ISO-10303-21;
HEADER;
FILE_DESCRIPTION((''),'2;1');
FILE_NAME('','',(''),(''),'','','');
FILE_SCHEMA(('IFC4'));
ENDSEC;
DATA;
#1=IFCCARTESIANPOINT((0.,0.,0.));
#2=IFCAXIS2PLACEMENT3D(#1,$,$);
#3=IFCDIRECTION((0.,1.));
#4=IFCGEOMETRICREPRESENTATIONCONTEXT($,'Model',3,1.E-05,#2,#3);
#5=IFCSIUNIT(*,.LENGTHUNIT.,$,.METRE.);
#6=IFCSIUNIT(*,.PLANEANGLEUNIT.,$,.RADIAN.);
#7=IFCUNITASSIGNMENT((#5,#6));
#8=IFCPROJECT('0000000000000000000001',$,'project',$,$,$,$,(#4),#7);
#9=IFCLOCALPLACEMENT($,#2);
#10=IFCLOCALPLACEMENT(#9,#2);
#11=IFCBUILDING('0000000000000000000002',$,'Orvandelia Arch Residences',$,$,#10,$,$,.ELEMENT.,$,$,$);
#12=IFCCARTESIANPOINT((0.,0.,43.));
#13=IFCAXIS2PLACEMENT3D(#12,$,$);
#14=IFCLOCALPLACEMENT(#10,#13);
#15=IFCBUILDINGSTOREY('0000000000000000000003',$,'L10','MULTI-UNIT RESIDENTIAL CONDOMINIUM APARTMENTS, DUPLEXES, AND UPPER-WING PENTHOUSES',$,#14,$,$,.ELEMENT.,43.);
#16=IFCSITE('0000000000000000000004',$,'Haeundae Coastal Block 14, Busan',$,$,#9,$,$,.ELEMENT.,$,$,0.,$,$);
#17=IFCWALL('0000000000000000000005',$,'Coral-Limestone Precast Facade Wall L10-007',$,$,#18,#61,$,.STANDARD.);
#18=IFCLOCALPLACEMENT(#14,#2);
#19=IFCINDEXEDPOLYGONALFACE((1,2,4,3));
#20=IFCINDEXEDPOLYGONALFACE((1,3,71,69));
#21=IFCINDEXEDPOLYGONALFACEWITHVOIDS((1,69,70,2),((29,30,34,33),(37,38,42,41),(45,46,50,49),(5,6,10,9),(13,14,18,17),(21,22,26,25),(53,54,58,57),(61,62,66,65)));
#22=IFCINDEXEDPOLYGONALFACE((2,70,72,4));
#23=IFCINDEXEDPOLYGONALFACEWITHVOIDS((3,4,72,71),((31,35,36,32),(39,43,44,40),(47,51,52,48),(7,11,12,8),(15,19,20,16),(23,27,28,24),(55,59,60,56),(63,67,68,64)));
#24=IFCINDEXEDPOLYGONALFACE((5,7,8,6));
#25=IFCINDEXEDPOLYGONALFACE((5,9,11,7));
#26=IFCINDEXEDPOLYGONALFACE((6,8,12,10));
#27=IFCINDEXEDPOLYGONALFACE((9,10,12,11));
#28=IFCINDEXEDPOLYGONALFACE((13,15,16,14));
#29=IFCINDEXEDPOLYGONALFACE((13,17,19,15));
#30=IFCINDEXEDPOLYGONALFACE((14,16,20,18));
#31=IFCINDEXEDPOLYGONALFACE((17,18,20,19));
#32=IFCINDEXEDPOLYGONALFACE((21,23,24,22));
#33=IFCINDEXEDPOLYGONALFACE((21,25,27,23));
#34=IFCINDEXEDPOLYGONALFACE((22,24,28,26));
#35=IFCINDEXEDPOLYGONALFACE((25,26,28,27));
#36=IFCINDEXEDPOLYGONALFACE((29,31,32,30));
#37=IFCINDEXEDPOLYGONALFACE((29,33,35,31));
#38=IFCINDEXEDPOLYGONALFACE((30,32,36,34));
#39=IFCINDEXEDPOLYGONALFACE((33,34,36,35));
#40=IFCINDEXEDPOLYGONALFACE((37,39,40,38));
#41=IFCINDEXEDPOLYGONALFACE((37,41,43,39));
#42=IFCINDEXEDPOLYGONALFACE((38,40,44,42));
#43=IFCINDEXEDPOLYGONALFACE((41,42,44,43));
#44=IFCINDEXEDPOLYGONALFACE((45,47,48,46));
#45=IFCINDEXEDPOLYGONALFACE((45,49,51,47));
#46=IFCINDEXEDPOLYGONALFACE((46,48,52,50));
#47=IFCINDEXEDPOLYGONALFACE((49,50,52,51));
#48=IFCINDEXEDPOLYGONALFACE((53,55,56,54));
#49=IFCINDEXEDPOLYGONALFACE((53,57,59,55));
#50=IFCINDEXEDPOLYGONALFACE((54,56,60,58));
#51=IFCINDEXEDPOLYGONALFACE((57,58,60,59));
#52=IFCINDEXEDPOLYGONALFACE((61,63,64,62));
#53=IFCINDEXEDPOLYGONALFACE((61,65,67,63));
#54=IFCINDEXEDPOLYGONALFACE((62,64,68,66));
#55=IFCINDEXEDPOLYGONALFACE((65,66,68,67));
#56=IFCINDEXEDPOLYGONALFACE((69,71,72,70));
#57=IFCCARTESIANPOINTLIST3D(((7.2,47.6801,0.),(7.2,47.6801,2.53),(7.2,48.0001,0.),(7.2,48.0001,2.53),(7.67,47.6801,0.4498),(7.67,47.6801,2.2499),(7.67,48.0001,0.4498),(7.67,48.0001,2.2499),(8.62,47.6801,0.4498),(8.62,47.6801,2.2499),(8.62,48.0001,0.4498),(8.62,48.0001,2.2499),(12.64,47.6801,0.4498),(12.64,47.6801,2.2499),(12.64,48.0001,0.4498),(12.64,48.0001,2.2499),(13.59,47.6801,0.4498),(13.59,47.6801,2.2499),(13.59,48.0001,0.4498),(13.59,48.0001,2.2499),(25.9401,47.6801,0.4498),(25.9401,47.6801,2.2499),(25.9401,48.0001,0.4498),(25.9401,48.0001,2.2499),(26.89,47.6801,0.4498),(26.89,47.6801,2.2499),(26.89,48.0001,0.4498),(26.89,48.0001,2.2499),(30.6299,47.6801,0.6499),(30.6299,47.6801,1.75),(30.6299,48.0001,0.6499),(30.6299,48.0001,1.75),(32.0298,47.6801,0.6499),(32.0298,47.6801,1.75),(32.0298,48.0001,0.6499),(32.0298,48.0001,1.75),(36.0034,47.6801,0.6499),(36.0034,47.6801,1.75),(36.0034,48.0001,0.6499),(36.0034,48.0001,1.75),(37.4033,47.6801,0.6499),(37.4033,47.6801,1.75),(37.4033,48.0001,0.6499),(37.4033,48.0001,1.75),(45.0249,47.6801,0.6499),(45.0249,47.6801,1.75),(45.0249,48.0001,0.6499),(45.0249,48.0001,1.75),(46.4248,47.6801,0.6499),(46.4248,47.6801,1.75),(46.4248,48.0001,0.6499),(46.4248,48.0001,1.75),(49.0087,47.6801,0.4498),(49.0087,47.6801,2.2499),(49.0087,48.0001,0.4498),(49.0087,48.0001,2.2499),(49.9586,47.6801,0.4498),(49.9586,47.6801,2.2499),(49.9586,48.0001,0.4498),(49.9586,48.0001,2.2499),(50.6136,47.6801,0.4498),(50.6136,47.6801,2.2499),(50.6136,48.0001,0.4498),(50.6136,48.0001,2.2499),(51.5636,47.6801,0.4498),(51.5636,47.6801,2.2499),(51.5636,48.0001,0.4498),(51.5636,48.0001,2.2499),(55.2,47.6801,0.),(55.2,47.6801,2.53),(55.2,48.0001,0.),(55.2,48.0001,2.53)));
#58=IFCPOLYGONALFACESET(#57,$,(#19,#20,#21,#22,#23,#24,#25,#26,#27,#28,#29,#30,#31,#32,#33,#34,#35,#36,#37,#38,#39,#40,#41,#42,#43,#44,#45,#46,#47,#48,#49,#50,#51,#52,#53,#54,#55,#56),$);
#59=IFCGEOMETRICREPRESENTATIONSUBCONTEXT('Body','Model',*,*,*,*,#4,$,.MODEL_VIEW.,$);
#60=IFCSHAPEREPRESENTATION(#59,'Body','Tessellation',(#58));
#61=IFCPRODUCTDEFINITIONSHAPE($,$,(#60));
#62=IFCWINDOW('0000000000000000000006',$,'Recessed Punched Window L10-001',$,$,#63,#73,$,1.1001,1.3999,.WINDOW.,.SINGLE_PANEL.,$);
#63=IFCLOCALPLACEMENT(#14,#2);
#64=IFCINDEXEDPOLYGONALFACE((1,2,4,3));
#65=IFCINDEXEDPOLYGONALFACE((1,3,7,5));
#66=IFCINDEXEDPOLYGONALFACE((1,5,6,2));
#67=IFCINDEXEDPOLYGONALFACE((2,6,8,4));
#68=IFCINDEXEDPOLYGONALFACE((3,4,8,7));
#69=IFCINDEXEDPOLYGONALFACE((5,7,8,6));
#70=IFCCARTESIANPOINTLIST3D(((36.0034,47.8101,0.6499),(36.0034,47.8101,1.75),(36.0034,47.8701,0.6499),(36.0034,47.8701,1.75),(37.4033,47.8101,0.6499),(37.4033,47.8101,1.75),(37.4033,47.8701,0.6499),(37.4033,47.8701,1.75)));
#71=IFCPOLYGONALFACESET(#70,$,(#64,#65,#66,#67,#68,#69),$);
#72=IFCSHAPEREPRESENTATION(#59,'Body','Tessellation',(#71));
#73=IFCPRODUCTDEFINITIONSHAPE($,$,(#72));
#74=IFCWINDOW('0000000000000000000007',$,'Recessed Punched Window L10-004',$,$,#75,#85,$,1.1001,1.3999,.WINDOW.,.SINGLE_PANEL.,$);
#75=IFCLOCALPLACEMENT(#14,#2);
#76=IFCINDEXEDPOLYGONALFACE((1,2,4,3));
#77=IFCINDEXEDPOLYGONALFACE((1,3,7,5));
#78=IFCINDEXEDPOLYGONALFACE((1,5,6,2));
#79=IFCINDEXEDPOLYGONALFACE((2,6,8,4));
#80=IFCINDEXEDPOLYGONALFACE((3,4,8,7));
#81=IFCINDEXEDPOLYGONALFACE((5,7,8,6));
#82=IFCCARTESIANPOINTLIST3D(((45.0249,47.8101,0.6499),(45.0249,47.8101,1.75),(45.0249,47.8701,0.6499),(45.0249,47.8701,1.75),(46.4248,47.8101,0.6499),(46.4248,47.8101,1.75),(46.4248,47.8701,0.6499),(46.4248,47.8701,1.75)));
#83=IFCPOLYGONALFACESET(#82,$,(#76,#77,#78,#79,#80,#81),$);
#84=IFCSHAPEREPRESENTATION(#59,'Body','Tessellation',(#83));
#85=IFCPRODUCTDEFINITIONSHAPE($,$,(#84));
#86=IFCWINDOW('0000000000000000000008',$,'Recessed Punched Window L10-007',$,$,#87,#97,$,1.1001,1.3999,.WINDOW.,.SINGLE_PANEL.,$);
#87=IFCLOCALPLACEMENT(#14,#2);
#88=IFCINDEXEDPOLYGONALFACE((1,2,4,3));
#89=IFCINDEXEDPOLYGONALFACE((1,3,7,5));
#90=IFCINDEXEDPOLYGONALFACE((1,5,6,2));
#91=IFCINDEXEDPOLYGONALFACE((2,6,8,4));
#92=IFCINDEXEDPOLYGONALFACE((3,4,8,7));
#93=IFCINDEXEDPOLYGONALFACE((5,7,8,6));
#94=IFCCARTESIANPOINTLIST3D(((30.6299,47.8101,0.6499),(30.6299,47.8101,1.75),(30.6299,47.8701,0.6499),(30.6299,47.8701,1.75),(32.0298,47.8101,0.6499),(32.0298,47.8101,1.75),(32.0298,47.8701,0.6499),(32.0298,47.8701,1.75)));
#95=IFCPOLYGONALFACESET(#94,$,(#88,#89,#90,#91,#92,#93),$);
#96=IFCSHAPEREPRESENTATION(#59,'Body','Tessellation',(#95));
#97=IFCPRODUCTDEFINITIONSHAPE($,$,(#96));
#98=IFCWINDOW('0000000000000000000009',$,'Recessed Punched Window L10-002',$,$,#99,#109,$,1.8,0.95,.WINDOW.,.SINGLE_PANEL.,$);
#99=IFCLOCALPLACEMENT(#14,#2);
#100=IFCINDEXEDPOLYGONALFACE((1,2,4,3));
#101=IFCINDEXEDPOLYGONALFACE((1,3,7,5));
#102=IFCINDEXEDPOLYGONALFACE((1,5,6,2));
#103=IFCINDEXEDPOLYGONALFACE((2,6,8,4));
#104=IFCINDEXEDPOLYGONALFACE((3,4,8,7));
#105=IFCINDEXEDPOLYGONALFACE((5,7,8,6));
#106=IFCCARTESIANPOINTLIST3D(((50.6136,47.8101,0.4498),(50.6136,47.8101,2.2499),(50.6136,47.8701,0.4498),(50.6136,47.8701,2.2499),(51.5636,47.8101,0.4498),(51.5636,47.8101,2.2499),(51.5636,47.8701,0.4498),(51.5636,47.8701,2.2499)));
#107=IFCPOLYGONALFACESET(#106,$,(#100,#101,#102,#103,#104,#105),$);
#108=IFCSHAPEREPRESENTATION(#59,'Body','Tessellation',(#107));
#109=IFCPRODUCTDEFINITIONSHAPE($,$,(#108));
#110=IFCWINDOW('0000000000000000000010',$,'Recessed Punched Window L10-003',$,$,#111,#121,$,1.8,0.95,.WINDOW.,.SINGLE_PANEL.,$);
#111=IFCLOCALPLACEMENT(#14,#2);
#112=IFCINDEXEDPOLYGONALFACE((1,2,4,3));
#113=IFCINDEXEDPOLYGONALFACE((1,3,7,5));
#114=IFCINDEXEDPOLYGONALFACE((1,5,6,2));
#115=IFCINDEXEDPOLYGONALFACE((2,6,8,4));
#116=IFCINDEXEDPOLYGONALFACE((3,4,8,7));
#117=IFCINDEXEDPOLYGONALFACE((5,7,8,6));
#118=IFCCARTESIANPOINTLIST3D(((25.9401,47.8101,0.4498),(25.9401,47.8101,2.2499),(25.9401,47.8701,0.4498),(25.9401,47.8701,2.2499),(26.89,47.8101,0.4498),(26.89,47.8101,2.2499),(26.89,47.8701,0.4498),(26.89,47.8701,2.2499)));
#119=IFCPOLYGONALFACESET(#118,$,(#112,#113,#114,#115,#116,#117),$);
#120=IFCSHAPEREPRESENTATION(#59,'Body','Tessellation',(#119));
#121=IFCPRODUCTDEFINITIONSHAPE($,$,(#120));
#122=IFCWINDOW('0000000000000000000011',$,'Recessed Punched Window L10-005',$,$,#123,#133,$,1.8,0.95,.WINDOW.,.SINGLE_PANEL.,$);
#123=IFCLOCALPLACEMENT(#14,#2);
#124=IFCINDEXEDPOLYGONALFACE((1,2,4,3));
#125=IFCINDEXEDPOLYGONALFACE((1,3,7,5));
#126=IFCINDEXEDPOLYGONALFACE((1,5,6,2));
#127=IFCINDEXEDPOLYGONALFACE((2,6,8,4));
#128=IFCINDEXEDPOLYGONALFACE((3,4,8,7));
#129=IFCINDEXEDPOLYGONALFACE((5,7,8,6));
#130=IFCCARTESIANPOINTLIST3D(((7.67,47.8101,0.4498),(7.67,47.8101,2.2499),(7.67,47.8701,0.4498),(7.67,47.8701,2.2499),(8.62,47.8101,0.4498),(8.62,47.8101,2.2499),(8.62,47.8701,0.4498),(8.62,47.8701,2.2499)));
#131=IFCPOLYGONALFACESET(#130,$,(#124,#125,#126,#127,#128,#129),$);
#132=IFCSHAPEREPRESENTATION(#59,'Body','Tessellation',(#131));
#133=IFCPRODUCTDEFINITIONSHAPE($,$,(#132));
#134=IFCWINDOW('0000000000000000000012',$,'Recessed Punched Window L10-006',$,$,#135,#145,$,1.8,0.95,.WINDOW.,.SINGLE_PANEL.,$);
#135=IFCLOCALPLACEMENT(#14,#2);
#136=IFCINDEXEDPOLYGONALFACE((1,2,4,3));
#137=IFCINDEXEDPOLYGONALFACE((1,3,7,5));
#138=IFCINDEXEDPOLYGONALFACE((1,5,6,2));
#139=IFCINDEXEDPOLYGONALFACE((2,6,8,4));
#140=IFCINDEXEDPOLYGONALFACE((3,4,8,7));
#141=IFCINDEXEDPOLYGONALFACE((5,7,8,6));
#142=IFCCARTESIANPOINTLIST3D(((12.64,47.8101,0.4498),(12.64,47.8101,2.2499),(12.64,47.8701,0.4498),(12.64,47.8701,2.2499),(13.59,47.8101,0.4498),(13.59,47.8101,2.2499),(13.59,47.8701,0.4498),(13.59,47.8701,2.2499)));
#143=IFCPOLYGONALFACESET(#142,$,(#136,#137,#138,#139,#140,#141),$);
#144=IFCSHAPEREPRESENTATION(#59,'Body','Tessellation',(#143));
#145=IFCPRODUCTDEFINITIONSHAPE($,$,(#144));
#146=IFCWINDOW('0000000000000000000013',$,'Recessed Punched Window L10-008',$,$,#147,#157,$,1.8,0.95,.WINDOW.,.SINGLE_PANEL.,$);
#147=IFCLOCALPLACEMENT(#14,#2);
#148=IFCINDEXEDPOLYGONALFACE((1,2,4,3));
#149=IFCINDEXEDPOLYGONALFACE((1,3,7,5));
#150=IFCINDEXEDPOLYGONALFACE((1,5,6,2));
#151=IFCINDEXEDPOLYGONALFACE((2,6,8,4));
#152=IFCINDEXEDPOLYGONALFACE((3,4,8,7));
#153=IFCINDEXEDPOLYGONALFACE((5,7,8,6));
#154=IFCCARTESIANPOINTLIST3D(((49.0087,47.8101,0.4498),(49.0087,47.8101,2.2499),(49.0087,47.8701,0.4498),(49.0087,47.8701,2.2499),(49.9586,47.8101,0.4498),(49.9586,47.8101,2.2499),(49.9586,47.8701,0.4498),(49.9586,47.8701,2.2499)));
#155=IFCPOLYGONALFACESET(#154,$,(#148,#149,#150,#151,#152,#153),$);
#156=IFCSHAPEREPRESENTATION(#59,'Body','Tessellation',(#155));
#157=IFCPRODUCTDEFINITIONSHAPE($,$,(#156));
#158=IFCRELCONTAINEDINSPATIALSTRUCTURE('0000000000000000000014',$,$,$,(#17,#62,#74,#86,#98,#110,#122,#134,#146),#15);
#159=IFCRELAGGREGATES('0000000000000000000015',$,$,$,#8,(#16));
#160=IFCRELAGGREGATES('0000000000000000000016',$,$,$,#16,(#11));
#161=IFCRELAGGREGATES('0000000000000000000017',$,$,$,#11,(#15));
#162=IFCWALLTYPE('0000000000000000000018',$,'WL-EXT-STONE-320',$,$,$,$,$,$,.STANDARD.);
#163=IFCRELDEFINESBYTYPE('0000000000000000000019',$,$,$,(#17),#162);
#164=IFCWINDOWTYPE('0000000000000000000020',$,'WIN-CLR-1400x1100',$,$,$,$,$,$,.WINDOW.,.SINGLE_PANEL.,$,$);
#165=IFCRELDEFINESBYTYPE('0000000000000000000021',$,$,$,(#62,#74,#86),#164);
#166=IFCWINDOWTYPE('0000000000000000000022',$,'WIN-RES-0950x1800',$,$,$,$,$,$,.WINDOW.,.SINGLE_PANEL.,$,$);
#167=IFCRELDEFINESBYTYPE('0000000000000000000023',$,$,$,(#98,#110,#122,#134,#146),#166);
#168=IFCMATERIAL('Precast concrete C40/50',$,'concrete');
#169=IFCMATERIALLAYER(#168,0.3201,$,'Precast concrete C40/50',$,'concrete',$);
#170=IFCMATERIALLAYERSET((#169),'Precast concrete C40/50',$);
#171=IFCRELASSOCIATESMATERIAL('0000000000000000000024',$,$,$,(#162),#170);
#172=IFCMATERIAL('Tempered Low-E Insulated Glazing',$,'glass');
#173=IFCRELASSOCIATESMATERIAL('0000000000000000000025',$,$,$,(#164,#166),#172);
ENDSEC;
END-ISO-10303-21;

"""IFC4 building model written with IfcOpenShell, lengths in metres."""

from ifc_helpers import new_model, si_unit, direction, frame, frame_2d, origin, place, context, subcontext, project, spatial, rectangle, extrude, material, layer, layer_set, type_object, element, fill, save


model = new_model("IFC4")

# Units and contexts
model_context = context("Model", 3, precision=1e-05, world=origin(), true_north=direction((0.0, 1.0)))
body_context = subcontext(model_context, "Body", "Model", "MODEL_VIEW")
ifc_project = project(units=[si_unit("LENGTHUNIT", "METRE"), si_unit("PLANEANGLEUNIT", "RADIAN")], contexts=[model_context])

# Site, building, storey
site_placement = place(None, origin())
site = spatial("IfcSite", under=ifc_project, at=site_placement, Name="Haeundae Coastal Block 14, Busan", CompositionType="ELEMENT", RefElevation=0.0)
building_placement = place(site_placement, origin())
building = spatial("IfcBuilding", under=site, at=building_placement, Name="Orvandelia Arch Residences", CompositionType="ELEMENT")
storey_placement = place(building_placement, frame((0.0, 0.0, 43.0)))
storey = spatial("IfcBuildingStorey", under=building, at=storey_placement, Name="L10", Description="MULTI-UNIT RESIDENTIAL CONDOMINIUM APARTMENTS, DUPLEXES, AND UPPER-WING PENTHOUSES", CompositionType="ELEMENT", Elevation=43.0)

# Shared definitions
ifc_material_1 = material(Name="Precast concrete C40/50", Category="concrete")
ifc_layer_1 = layer(ifc_material_1, 0.3201, Name="Precast concrete C40/50", Category="concrete")
ifc_layer_set_1 = layer_set([ifc_layer_1], Name="Precast concrete C40/50")
wall_type_1 = type_object("IfcWallType", Name="WL-EXT-STONE-320", PredefinedType="STANDARD", material=ifc_layer_set_1)

# Wall, openings, windows
wall_1_placement = place(storey_placement, frame((7.2, 47.8401, 0.0), z_axis=(0.0, 0.0, 1.0), x_axis=(1.0, 0.0, 0.0)))
wall_1 = element("IfcWall", 1, at=wall_1_placement, inside=storey, type_object=wall_type_1, Name="Coral-Limestone Precast Facade Wall L10-007", PredefinedType="STANDARD", context=body_context, shape_type="SweptSolid", body=[
    extrude(rectangle(XDim=48.0, YDim=0.3201, at=frame_2d((24.0, 0.0))), origin(), (0.0, 0.0, 1.0), 2.53),
])
opening_1_placement = place(wall_1_placement, frame((28.8035, 0.0, 0.6499)))
opening_1 = element("IfcOpeningElement", 2, at=opening_1_placement, cuts=wall_1, PredefinedType="OPENING", context=body_context, shape_type="SweptSolid", body=[
    extrude(rectangle(XDim=1.3999, YDim=1.1001, at=frame_2d((0.7, 0.55))), frame((0.0, 0.1699, 0.0), z_axis=(0.0, -1.0, 0.0), x_axis=(1.0, 0.0, 0.0)), (0.0, 0.0, 1.0), 0.3401),
])
opening_2_placement = place(wall_1_placement, frame((43.4136, 0.0, 0.45)))
opening_2 = element("IfcOpeningElement", 3, at=opening_2_placement, cuts=wall_1, PredefinedType="OPENING", context=body_context, shape_type="SweptSolid", body=[
    extrude(rectangle(XDim=0.95, YDim=1.8, at=frame_2d((0.4751, 0.8999))), frame((0.0, 0.1699, 0.0), z_axis=(0.0, -1.0, 0.0), x_axis=(1.0, 0.0, 0.0)), (0.0, 0.0, 1.0), 0.3401),
])
opening_3_placement = place(wall_1_placement, frame((18.74, 0.0, 0.45)))
opening_3 = element("IfcOpeningElement", 4, at=opening_3_placement, cuts=wall_1, PredefinedType="OPENING", context=body_context, shape_type="SweptSolid", body=[
    extrude(rectangle(XDim=0.95, YDim=1.8, at=frame_2d((0.4751, 0.8999))), frame((0.0, 0.1699, 0.0), z_axis=(0.0, -1.0, 0.0), x_axis=(1.0, 0.0, 0.0)), (0.0, 0.0, 1.0), 0.3401),
])
opening_4_placement = place(wall_1_placement, frame((37.825, 0.0, 0.6499)))
opening_4 = element("IfcOpeningElement", 5, at=opening_4_placement, cuts=wall_1, PredefinedType="OPENING", context=body_context, shape_type="SweptSolid", body=[
    extrude(rectangle(XDim=1.3999, YDim=1.1001, at=frame_2d((0.7, 0.55))), frame((0.0, 0.1699, 0.0), z_axis=(0.0, -1.0, 0.0), x_axis=(1.0, 0.0, 0.0)), (0.0, 0.0, 1.0), 0.3401),
])
opening_5_placement = place(wall_1_placement, frame((0.47, 0.0, 0.45)))
opening_5 = element("IfcOpeningElement", 6, at=opening_5_placement, cuts=wall_1, PredefinedType="OPENING", context=body_context, shape_type="SweptSolid", body=[
    extrude(rectangle(XDim=0.95, YDim=1.8, at=frame_2d((0.4751, 0.8999))), frame((0.0, 0.1699, 0.0), z_axis=(0.0, -1.0, 0.0), x_axis=(1.0, 0.0, 0.0)), (0.0, 0.0, 1.0), 0.3401),
])
opening_6_placement = place(wall_1_placement, frame((5.4399, 0.0, 0.45)))
opening_6 = element("IfcOpeningElement", 7, at=opening_6_placement, cuts=wall_1, PredefinedType="OPENING", context=body_context, shape_type="SweptSolid", body=[
    extrude(rectangle(XDim=0.95, YDim=1.8, at=frame_2d((0.4751, 0.8999))), frame((0.0, 0.1699, 0.0), z_axis=(0.0, -1.0, 0.0), x_axis=(1.0, 0.0, 0.0)), (0.0, 0.0, 1.0), 0.3401),
])
opening_7_placement = place(wall_1_placement, frame((23.4299, 0.0, 0.6499)))
opening_7 = element("IfcOpeningElement", 8, at=opening_7_placement, cuts=wall_1, PredefinedType="OPENING", context=body_context, shape_type="SweptSolid", body=[
    extrude(rectangle(XDim=1.3999, YDim=1.1001, at=frame_2d((0.7, 0.55))), frame((0.0, 0.1699, 0.0), z_axis=(0.0, -1.0, 0.0), x_axis=(1.0, 0.0, 0.0)), (0.0, 0.0, 1.0), 0.3401),
])
opening_8_placement = place(wall_1_placement, frame((41.8086, 0.0, 0.45)))
opening_8 = element("IfcOpeningElement", 9, at=opening_8_placement, cuts=wall_1, PredefinedType="OPENING", context=body_context, shape_type="SweptSolid", body=[
    extrude(rectangle(XDim=0.95, YDim=1.8, at=frame_2d((0.4751, 0.8999))), frame((0.0, 0.1699, 0.0), z_axis=(0.0, -1.0, 0.0), x_axis=(1.0, 0.0, 0.0)), (0.0, 0.0, 1.0), 0.3401),
])
ifc_material_2 = material(Name="Tempered Low-E Insulated Glazing", Category="glass")
window_type_1 = type_object("IfcWindowType", Name="WIN-CLR-1400x1100", PartitioningType="SINGLE_PANEL", PredefinedType="WINDOW", material=ifc_material_2)
window_1_placement = place(opening_1_placement, origin())
window_1 = element("IfcWindow", 10, at=window_1_placement, inside=storey, type_object=window_type_1, Name="Recessed Punched Window L10-001", OverallHeight=1.1001, OverallWidth=1.3999, PartitioningType="SINGLE_PANEL", PredefinedType="WINDOW", context=body_context, shape_type="SweptSolid", body=[
    extrude(rectangle(XDim=1.3999, YDim=1.1001, at=frame_2d((0.7, 0.55))), frame((0.0, 0.03, 0.0), z_axis=(0.0, -1.0, 0.0), x_axis=(1.0, 0.0, 0.0)), (0.0, 0.0, 1.0), 0.0601),
])
fill(opening_1, window_1)
window_2_placement = place(opening_4_placement, origin())
window_2 = element("IfcWindow", 11, at=window_2_placement, inside=storey, type_object=window_type_1, Name="Recessed Punched Window L10-004", OverallHeight=1.1001, OverallWidth=1.3999, PartitioningType="SINGLE_PANEL", PredefinedType="WINDOW", context=body_context, shape_type="SweptSolid", body=[
    extrude(rectangle(XDim=1.3999, YDim=1.1001, at=frame_2d((0.7, 0.55))), frame((0.0, 0.03, 0.0), z_axis=(0.0, -1.0, 0.0), x_axis=(1.0, 0.0, 0.0)), (0.0, 0.0, 1.0), 0.0601),
])
fill(opening_4, window_2)
window_3_placement = place(opening_7_placement, origin())
window_3 = element("IfcWindow", 12, at=window_3_placement, inside=storey, type_object=window_type_1, Name="Recessed Punched Window L10-007", OverallHeight=1.1001, OverallWidth=1.3999, PartitioningType="SINGLE_PANEL", PredefinedType="WINDOW", context=body_context, shape_type="SweptSolid", body=[
    extrude(rectangle(XDim=1.3999, YDim=1.1001, at=frame_2d((0.7, 0.55))), frame((0.0, 0.03, 0.0), z_axis=(0.0, -1.0, 0.0), x_axis=(1.0, 0.0, 0.0)), (0.0, 0.0, 1.0), 0.0601),
])
fill(opening_7, window_3)
window_type_2 = type_object("IfcWindowType", Name="WIN-RES-0950x1800", PartitioningType="SINGLE_PANEL", PredefinedType="WINDOW", material=ifc_material_2)
window_4_placement = place(opening_2_placement, origin())
window_4 = element("IfcWindow", 13, at=window_4_placement, inside=storey, type_object=window_type_2, Name="Recessed Punched Window L10-002", OverallHeight=1.8, OverallWidth=0.95, PartitioningType="SINGLE_PANEL", PredefinedType="WINDOW", context=body_context, shape_type="SweptSolid", body=[
    extrude(rectangle(XDim=0.95, YDim=1.8, at=frame_2d((0.4751, 0.8999))), frame((0.0, 0.03, 0.0), z_axis=(0.0, -1.0, 0.0), x_axis=(1.0, 0.0, 0.0)), (0.0, 0.0, 1.0), 0.0601),
])
fill(opening_2, window_4)
window_5_placement = place(opening_3_placement, origin())
window_5 = element("IfcWindow", 14, at=window_5_placement, inside=storey, type_object=window_type_2, Name="Recessed Punched Window L10-003", OverallHeight=1.8, OverallWidth=0.95, PartitioningType="SINGLE_PANEL", PredefinedType="WINDOW", context=body_context, shape_type="SweptSolid", body=[
    extrude(rectangle(XDim=0.95, YDim=1.8, at=frame_2d((0.4751, 0.8999))), frame((0.0, 0.03, 0.0), z_axis=(0.0, -1.0, 0.0), x_axis=(1.0, 0.0, 0.0)), (0.0, 0.0, 1.0), 0.0601),
])
fill(opening_3, window_5)
window_6_placement = place(opening_5_placement, origin())
window_6 = element("IfcWindow", 15, at=window_6_placement, inside=storey, type_object=window_type_2, Name="Recessed Punched Window L10-005", OverallHeight=1.8, OverallWidth=0.95, PartitioningType="SINGLE_PANEL", PredefinedType="WINDOW", context=body_context, shape_type="SweptSolid", body=[
    extrude(rectangle(XDim=0.95, YDim=1.8, at=frame_2d((0.4751, 0.8999))), frame((0.0, 0.03, 0.0), z_axis=(0.0, -1.0, 0.0), x_axis=(1.0, 0.0, 0.0)), (0.0, 0.0, 1.0), 0.0601),
])
fill(opening_5, window_6)
window_7_placement = place(opening_6_placement, origin())
window_7 = element("IfcWindow", 16, at=window_7_placement, inside=storey, type_object=window_type_2, Name="Recessed Punched Window L10-006", OverallHeight=1.8, OverallWidth=0.95, PartitioningType="SINGLE_PANEL", PredefinedType="WINDOW", context=body_context, shape_type="SweptSolid", body=[
    extrude(rectangle(XDim=0.95, YDim=1.8, at=frame_2d((0.4751, 0.8999))), frame((0.0, 0.03, 0.0), z_axis=(0.0, -1.0, 0.0), x_axis=(1.0, 0.0, 0.0)), (0.0, 0.0, 1.0), 0.0601),
])
fill(opening_6, window_7)
window_8_placement = place(opening_8_placement, origin())
window_8 = element("IfcWindow", 17, at=window_8_placement, inside=storey, type_object=window_type_2, Name="Recessed Punched Window L10-008", OverallHeight=1.8, OverallWidth=0.95, PartitioningType="SINGLE_PANEL", PredefinedType="WINDOW", context=body_context, shape_type="SweptSolid", body=[
    extrude(rectangle(XDim=0.95, YDim=1.8, at=frame_2d((0.4751, 0.8999))), frame((0.0, 0.03, 0.0), z_axis=(0.0, -1.0, 0.0), x_axis=(1.0, 0.0, 0.0)), (0.0, 0.0, 1.0), 0.0601),
])
fill(opening_8, window_8)

save(model, "model.ifc")
